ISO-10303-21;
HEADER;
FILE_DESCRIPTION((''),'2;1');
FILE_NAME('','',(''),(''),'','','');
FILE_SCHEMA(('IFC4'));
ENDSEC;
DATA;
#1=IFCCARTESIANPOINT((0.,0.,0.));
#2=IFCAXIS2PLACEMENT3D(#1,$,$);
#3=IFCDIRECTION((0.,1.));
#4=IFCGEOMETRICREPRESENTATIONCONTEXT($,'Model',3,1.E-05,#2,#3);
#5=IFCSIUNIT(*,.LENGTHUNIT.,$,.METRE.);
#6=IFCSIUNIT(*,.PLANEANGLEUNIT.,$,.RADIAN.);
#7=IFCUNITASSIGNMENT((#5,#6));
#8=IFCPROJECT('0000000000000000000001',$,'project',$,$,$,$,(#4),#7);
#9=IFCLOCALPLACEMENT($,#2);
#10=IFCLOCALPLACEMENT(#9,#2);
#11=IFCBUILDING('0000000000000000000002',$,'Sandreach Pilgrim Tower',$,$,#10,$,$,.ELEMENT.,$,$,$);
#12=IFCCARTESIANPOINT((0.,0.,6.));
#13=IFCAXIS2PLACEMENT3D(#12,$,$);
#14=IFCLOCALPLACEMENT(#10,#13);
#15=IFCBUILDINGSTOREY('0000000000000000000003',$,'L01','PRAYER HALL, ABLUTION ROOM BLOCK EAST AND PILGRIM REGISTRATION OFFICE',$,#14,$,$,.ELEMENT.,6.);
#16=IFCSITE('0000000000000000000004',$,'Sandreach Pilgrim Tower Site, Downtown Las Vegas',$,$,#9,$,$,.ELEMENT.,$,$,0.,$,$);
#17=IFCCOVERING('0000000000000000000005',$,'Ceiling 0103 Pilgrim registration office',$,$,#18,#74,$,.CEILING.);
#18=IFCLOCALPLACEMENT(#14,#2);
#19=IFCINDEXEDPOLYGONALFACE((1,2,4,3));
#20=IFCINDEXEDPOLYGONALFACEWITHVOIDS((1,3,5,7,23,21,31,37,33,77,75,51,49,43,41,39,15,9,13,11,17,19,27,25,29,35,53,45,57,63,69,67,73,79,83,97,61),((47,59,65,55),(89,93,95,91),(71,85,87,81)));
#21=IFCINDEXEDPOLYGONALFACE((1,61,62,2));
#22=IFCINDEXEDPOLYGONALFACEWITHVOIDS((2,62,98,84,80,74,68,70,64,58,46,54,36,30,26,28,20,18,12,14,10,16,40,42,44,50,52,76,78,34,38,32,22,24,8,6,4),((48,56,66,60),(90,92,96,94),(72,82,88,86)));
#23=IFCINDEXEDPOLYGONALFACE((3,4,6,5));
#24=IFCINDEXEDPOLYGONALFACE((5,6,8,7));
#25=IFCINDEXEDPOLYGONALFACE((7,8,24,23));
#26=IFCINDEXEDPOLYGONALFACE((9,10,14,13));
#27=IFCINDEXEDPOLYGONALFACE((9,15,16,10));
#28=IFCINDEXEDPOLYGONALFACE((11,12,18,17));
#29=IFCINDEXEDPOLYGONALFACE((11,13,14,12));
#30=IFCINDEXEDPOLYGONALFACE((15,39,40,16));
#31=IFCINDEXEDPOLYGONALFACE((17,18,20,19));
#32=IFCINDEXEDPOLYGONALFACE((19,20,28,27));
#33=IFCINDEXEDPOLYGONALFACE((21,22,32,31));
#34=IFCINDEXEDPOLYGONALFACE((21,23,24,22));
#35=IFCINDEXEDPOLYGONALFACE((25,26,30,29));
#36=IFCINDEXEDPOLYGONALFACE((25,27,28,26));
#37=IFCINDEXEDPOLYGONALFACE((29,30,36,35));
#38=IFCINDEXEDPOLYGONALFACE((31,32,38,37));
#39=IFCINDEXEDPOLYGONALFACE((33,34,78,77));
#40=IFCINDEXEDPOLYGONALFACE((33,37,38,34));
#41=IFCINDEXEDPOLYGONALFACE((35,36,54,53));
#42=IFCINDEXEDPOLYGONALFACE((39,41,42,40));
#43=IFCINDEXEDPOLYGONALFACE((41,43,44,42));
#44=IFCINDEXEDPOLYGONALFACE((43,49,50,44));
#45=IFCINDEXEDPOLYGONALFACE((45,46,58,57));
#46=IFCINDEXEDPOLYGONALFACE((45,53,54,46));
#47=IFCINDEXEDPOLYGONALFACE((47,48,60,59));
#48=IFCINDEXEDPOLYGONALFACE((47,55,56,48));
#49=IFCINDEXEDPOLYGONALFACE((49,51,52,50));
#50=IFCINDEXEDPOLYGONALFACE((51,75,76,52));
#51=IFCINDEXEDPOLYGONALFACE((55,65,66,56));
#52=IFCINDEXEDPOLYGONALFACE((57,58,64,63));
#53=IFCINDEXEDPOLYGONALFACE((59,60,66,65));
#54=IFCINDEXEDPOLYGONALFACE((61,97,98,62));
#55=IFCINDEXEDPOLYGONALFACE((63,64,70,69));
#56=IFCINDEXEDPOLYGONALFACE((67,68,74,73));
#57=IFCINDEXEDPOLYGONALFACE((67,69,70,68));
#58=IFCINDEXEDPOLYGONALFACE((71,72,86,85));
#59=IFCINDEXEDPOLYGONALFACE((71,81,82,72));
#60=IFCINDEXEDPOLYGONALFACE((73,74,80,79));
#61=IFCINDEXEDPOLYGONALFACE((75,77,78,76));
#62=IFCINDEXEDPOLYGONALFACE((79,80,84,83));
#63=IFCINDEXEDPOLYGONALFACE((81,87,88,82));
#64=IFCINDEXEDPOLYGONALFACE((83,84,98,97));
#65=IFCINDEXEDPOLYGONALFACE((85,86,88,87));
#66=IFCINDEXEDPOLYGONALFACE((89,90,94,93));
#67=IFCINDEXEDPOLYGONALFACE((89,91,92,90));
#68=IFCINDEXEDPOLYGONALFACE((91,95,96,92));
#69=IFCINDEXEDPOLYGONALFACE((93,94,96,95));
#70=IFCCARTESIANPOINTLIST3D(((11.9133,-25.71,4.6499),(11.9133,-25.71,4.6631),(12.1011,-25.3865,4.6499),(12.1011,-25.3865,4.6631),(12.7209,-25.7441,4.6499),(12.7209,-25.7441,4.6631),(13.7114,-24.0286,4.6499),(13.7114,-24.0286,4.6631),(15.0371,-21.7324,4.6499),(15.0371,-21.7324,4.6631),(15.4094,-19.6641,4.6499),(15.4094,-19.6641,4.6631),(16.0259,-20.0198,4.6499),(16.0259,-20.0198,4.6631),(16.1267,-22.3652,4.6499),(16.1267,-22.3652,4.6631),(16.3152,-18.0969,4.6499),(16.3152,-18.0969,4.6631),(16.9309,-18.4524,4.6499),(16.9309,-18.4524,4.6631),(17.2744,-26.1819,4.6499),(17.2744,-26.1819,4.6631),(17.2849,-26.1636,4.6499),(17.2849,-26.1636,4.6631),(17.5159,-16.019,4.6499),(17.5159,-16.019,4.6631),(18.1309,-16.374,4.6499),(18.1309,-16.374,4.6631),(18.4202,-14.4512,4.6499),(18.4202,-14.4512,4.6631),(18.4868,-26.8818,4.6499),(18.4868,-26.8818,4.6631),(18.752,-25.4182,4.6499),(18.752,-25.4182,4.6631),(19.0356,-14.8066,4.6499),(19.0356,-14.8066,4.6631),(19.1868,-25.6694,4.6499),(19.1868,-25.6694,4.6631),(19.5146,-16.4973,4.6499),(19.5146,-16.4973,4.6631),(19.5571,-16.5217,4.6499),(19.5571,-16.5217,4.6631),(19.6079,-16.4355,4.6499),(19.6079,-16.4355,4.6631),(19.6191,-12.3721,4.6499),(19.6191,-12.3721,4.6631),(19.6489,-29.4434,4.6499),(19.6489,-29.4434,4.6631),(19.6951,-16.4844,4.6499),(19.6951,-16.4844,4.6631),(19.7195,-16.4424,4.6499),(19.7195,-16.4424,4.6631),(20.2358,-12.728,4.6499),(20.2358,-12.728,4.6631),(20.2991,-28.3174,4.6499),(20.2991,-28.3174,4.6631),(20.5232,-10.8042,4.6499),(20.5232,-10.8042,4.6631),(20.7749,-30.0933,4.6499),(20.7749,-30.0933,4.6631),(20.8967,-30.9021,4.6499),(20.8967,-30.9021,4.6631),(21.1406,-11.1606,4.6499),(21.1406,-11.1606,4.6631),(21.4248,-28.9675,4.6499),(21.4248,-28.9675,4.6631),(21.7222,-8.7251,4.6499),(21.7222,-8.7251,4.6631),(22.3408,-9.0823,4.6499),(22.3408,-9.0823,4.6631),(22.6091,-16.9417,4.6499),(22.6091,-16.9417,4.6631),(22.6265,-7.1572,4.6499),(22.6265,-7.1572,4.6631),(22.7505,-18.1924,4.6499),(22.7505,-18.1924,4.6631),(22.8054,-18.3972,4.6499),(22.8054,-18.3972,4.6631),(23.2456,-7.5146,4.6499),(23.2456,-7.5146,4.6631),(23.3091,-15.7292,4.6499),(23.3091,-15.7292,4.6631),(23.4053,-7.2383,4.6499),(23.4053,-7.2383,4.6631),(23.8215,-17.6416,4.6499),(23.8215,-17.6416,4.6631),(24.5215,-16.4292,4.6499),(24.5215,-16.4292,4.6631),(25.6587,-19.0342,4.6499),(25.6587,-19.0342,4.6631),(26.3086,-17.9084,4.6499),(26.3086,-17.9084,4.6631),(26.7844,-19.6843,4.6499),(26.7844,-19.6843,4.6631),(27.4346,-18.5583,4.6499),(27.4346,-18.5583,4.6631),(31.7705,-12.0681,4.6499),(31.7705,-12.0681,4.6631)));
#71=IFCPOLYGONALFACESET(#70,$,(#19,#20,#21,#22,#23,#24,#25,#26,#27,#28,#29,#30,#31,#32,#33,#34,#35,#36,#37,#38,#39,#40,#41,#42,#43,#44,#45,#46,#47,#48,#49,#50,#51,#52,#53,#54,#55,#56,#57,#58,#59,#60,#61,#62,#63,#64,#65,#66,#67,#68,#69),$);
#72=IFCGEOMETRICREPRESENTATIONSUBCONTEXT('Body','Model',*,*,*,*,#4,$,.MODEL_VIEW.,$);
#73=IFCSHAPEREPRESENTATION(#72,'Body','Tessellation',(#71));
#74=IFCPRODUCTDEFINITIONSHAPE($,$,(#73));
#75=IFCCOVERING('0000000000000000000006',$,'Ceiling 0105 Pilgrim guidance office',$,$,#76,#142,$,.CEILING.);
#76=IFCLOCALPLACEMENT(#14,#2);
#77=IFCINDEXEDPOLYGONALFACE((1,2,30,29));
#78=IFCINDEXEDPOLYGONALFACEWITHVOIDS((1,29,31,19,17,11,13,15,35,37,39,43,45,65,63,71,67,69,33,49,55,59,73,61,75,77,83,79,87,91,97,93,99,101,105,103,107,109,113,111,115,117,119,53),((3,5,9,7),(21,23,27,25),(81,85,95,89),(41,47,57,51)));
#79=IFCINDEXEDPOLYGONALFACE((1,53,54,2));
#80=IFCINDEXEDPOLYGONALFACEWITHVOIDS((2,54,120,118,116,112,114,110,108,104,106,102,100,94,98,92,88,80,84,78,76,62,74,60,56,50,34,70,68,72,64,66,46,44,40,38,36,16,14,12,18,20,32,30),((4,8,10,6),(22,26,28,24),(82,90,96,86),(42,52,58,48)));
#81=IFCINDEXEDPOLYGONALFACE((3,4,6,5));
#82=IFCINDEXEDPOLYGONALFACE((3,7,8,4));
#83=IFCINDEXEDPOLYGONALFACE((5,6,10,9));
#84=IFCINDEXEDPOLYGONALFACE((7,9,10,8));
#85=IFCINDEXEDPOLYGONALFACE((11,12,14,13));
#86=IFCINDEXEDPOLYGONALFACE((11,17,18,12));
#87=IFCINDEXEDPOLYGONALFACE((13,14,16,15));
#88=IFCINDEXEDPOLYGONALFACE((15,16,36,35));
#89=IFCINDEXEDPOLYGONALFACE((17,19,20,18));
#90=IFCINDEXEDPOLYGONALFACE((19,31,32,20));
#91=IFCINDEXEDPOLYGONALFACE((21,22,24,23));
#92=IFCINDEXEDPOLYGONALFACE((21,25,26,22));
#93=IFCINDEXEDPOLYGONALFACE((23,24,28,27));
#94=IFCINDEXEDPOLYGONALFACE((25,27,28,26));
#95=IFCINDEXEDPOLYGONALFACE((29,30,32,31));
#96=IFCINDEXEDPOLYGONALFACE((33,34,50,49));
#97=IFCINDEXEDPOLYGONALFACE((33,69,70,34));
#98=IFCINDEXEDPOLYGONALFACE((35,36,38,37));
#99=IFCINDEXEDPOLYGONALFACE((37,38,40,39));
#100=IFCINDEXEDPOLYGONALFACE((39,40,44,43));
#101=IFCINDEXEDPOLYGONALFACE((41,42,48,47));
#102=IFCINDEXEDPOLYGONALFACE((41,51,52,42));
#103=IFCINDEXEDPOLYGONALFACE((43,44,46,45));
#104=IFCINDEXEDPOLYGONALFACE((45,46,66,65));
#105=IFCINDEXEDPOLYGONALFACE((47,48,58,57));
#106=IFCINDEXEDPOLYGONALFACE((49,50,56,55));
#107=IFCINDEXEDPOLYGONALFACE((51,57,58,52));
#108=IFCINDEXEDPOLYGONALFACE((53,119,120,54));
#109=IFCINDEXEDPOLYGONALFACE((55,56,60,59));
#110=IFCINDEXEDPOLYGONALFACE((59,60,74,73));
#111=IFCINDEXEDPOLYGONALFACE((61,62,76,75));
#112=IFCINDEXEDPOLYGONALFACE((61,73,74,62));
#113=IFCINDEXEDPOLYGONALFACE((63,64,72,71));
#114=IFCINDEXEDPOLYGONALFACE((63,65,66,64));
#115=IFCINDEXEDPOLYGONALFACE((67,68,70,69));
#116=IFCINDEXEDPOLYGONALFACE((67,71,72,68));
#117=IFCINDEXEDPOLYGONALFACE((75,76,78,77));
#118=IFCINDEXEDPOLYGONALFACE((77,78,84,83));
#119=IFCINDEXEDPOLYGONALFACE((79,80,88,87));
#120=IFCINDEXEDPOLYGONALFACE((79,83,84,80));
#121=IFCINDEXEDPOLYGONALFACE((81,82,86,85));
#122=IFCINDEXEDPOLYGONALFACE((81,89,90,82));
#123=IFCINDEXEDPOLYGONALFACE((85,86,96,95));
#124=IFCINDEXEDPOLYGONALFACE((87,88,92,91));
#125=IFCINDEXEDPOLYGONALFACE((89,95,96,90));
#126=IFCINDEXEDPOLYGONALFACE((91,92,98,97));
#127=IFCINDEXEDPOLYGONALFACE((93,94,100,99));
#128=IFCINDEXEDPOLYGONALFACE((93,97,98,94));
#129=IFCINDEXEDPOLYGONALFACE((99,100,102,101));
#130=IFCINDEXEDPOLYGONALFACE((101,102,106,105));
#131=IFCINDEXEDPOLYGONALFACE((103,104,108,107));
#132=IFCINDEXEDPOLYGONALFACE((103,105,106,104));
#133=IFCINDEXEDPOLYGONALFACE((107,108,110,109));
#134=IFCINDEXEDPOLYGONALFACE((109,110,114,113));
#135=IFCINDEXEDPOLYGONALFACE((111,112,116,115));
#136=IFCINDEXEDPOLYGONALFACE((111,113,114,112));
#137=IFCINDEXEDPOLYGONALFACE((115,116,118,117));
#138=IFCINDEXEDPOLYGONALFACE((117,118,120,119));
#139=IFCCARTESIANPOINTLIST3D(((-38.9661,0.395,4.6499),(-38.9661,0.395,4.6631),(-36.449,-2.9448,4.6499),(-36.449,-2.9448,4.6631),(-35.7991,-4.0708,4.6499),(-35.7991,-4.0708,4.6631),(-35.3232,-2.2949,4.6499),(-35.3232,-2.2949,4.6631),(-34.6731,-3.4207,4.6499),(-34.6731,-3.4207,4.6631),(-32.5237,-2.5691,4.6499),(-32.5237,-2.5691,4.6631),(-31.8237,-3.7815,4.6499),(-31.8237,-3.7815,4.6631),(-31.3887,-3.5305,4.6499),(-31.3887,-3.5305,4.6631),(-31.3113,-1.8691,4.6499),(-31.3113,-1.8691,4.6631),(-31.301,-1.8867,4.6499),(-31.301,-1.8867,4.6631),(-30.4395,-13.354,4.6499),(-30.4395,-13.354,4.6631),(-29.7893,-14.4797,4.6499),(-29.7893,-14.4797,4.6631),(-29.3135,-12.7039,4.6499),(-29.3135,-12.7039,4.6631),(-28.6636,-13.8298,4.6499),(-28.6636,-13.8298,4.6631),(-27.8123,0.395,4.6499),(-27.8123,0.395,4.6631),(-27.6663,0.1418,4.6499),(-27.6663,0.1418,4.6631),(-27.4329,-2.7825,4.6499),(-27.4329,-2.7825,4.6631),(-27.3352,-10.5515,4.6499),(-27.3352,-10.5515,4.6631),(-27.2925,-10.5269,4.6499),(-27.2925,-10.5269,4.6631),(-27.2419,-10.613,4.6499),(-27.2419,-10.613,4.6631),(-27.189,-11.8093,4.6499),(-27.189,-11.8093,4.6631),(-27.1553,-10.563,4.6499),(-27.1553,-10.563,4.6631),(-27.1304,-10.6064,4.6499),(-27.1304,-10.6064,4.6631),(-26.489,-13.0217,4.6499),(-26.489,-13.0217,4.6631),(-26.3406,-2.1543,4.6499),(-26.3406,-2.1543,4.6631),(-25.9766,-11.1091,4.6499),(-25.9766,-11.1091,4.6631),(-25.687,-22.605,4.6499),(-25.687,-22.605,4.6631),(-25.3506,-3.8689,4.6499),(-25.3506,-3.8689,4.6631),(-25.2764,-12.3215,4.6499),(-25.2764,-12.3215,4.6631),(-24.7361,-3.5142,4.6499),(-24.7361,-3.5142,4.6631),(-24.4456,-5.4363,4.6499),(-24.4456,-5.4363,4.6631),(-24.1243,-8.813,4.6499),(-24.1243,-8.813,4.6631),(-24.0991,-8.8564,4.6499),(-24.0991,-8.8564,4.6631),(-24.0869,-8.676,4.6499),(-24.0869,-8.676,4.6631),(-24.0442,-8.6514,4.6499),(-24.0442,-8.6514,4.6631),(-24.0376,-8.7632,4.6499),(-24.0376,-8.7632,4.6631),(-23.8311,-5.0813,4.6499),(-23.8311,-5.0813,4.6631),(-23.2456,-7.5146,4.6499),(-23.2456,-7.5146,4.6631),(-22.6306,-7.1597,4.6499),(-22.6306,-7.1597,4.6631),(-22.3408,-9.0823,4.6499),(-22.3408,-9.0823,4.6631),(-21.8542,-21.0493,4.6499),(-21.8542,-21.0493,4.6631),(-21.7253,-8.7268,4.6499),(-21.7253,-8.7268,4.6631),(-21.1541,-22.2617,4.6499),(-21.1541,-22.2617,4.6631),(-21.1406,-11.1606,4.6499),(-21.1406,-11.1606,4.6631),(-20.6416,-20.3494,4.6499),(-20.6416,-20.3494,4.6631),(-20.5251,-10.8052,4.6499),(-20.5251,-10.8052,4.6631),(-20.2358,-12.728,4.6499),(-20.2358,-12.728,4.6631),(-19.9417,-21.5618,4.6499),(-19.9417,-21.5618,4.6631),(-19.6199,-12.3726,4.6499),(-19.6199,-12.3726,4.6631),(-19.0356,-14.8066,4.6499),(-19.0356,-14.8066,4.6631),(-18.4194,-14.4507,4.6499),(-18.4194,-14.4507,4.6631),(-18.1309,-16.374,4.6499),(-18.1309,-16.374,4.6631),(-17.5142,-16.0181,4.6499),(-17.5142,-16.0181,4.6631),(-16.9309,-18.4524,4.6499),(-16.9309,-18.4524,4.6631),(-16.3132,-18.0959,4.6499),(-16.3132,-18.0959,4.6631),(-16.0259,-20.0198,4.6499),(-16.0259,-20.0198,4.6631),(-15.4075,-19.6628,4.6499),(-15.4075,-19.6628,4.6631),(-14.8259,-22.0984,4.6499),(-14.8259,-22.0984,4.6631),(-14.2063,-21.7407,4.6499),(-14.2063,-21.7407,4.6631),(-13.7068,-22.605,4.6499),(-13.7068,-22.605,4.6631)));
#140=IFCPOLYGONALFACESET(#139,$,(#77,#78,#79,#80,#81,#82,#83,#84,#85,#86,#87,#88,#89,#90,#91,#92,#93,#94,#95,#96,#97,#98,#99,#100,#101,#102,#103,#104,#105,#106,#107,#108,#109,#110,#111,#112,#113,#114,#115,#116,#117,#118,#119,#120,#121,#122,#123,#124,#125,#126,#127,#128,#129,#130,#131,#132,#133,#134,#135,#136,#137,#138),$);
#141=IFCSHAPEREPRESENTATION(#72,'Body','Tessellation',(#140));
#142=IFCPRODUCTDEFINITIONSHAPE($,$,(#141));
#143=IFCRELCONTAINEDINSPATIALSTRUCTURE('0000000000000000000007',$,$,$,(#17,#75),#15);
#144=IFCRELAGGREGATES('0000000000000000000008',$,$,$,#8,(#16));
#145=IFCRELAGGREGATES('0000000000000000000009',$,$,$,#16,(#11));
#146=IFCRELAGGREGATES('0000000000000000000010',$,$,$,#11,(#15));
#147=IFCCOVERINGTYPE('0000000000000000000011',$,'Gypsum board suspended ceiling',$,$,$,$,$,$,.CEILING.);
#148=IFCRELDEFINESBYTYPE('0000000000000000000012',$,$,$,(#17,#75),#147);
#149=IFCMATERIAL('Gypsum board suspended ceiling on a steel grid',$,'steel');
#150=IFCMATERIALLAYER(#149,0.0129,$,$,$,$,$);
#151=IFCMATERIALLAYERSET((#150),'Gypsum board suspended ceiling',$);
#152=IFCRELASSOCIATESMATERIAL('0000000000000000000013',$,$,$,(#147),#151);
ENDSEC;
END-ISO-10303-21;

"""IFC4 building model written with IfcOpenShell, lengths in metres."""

from ifc_helpers import new_model, si_unit, direction, frame, origin, place, context, subcontext, project, spatial, polyline, outline, extrude, material, layer, layer_set, type_object, element, save


model = new_model("IFC4")

# Units and contexts
model_context = context("Model", 3, precision=1e-05, world=origin(), true_north=direction((0.0, 1.0)))
body_context = subcontext(model_context, "Body", "Model", "MODEL_VIEW")
ifc_project = project(units=[si_unit("LENGTHUNIT", "METRE"), si_unit("PLANEANGLEUNIT", "RADIAN")], contexts=[model_context])

# Site, building, storey
site_placement = place(None, origin())
site = spatial("IfcSite", under=ifc_project, at=site_placement, Name="Sandreach Pilgrim Tower Site, Downtown Las Vegas", CompositionType="ELEMENT", RefElevation=0.0)
building_placement = place(site_placement, origin())
building = spatial("IfcBuilding", under=site, at=building_placement, Name="Sandreach Pilgrim Tower", CompositionType="ELEMENT")
storey_placement = place(building_placement, frame((0.0, 0.0, 6.0)))
storey = spatial("IfcBuildingStorey", under=building, at=storey_placement, Name="L01", Description="PRAYER HALL, ABLUTION ROOM BLOCK EAST AND PILGRIM REGISTRATION OFFICE", CompositionType="ELEMENT", Elevation=6.0)

# Coverings
ifc_material_1 = material(Name="Gypsum board suspended ceiling on a steel grid", Category="steel")
ifc_layer_1 = layer(ifc_material_1, 0.0129)
ifc_layer_set_1 = layer_set([ifc_layer_1], Name="Gypsum board suspended ceiling")
covering_type_1 = type_object("IfcCoveringType", Name="Gypsum board suspended ceiling", PredefinedType="CEILING", material=ifc_layer_set_1)
covering_1_placement = place(storey_placement, frame((0.0, 0.0, 4.6499)))
element("IfcCovering", 1, at=covering_1_placement, inside=storey, type_object=covering_type_1, Name="Ceiling 0103 Pilgrim registration office", PredefinedType="CEILING", context=body_context, shape_type="SweptSolid", body=[
    extrude(outline(polyline([(13.7114, -24.0286), (17.2849, -26.1636), (17.2744, -26.1819), (18.4868, -26.8818), (19.1868, -25.6694), (18.752, -25.4182), (22.8054, -18.3972), (22.7505, -18.1924), (19.7195, -16.4424), (19.6951, -16.4844), (19.6079, -16.4355), (19.5571, -16.5217), (19.5146, -16.4973), (16.1267, -22.3652), (15.0371, -21.7324), (16.0259, -20.0198), (15.4094, -19.6641), (16.3152, -18.0969), (16.9309, -18.4524), (18.1309, -16.374), (17.5159, -16.019), (18.4202, -14.4512), (19.0356, -14.8066), (20.2358, -12.728), (19.6191, -12.3721), (20.5232, -10.8042), (21.1406, -11.1606), (22.3408, -9.0823), (21.7222, -8.7251), (22.6265, -7.1572), (23.2456, -7.5146), (23.4053, -7.2383), (31.7705, -12.0681), (20.8967, -30.9021), (11.9133, -25.71), (12.1011, -25.3865), (12.7209, -25.7441), (13.7114, -24.0286)]), holes=[polyline([(27.4346, -18.5583), (26.3086, -17.9084), (25.6587, -19.0342), (26.7844, -19.6843), (27.4346, -18.5583)]), polyline([(23.8215, -17.6416), (24.5215, -16.4292), (23.3091, -15.7292), (22.6091, -16.9417), (23.8215, -17.6416)]), polyline([(21.4248, -28.9675), (20.2991, -28.3174), (19.6489, -29.4434), (20.7749, -30.0933), (21.4248, -28.9675)])]), origin(), (0.0, 0.0, 1.0), 0.0132),
])
covering_2_placement = place(storey_placement, frame((0.0, 0.0, 4.6499)))
element("IfcCovering", 2, at=covering_2_placement, inside=storey, type_object=covering_type_1, Name="Ceiling 0105 Pilgrim guidance office", PredefinedType="CEILING", context=body_context, shape_type="SweptSolid", body=[
    extrude(outline(polyline([(-27.6663, 0.1418), (-31.301, -1.8867), (-31.3113, -1.8691), (-32.5237, -2.5691), (-31.8237, -3.7815), (-31.3887, -3.5305), (-27.3352, -10.5515), (-27.2925, -10.5269), (-27.2419, -10.613), (-27.1553, -10.563), (-27.1304, -10.6064), (-24.0991, -8.8564), (-24.1243, -8.813), (-24.0376, -8.7632), (-24.0869, -8.676), (-24.0442, -8.6514), (-27.4329, -2.7825), (-26.3406, -2.1543), (-25.3506, -3.8689), (-24.7361, -3.5142), (-23.8311, -5.0813), (-24.4456, -5.4363), (-23.2456, -7.5146), (-22.6306, -7.1597), (-21.7253, -8.7268), (-22.3408, -9.0823), (-21.1406, -11.1606), (-20.5251, -10.8052), (-19.6199, -12.3726), (-20.2358, -12.728), (-19.0356, -14.8066), (-18.4194, -14.4507), (-17.5142, -16.0181), (-18.1309, -16.374), (-16.9309, -18.4524), (-16.3132, -18.0959), (-15.4075, -19.6628), (-16.0259, -20.0198), (-14.8259, -22.0984), (-14.2063, -21.7407), (-13.7068, -22.605), (-25.687, -22.605), (-38.9661, 0.395), (-27.8123, 0.395), (-27.6663, 0.1418)]), holes=[polyline([(-19.9417, -21.5618), (-20.6416, -20.3494), (-21.8542, -21.0493), (-21.1541, -22.2617), (-19.9417, -21.5618)]), polyline([(-27.189, -11.8093), (-26.489, -13.0217), (-25.2764, -12.3215), (-25.9766, -11.1091), (-27.189, -11.8093)]), polyline([(-29.7893, -14.4797), (-28.6636, -13.8298), (-29.3135, -12.7039), (-30.4395, -13.354), (-29.7893, -14.4797)]), polyline([(-36.449, -2.9448), (-35.7991, -4.0708), (-34.6731, -3.4207), (-35.3232, -2.2949), (-36.449, -2.9448)])]), origin(), (0.0, 0.0, 1.0), 0.0132),
])

save(model, "model.ifc")
